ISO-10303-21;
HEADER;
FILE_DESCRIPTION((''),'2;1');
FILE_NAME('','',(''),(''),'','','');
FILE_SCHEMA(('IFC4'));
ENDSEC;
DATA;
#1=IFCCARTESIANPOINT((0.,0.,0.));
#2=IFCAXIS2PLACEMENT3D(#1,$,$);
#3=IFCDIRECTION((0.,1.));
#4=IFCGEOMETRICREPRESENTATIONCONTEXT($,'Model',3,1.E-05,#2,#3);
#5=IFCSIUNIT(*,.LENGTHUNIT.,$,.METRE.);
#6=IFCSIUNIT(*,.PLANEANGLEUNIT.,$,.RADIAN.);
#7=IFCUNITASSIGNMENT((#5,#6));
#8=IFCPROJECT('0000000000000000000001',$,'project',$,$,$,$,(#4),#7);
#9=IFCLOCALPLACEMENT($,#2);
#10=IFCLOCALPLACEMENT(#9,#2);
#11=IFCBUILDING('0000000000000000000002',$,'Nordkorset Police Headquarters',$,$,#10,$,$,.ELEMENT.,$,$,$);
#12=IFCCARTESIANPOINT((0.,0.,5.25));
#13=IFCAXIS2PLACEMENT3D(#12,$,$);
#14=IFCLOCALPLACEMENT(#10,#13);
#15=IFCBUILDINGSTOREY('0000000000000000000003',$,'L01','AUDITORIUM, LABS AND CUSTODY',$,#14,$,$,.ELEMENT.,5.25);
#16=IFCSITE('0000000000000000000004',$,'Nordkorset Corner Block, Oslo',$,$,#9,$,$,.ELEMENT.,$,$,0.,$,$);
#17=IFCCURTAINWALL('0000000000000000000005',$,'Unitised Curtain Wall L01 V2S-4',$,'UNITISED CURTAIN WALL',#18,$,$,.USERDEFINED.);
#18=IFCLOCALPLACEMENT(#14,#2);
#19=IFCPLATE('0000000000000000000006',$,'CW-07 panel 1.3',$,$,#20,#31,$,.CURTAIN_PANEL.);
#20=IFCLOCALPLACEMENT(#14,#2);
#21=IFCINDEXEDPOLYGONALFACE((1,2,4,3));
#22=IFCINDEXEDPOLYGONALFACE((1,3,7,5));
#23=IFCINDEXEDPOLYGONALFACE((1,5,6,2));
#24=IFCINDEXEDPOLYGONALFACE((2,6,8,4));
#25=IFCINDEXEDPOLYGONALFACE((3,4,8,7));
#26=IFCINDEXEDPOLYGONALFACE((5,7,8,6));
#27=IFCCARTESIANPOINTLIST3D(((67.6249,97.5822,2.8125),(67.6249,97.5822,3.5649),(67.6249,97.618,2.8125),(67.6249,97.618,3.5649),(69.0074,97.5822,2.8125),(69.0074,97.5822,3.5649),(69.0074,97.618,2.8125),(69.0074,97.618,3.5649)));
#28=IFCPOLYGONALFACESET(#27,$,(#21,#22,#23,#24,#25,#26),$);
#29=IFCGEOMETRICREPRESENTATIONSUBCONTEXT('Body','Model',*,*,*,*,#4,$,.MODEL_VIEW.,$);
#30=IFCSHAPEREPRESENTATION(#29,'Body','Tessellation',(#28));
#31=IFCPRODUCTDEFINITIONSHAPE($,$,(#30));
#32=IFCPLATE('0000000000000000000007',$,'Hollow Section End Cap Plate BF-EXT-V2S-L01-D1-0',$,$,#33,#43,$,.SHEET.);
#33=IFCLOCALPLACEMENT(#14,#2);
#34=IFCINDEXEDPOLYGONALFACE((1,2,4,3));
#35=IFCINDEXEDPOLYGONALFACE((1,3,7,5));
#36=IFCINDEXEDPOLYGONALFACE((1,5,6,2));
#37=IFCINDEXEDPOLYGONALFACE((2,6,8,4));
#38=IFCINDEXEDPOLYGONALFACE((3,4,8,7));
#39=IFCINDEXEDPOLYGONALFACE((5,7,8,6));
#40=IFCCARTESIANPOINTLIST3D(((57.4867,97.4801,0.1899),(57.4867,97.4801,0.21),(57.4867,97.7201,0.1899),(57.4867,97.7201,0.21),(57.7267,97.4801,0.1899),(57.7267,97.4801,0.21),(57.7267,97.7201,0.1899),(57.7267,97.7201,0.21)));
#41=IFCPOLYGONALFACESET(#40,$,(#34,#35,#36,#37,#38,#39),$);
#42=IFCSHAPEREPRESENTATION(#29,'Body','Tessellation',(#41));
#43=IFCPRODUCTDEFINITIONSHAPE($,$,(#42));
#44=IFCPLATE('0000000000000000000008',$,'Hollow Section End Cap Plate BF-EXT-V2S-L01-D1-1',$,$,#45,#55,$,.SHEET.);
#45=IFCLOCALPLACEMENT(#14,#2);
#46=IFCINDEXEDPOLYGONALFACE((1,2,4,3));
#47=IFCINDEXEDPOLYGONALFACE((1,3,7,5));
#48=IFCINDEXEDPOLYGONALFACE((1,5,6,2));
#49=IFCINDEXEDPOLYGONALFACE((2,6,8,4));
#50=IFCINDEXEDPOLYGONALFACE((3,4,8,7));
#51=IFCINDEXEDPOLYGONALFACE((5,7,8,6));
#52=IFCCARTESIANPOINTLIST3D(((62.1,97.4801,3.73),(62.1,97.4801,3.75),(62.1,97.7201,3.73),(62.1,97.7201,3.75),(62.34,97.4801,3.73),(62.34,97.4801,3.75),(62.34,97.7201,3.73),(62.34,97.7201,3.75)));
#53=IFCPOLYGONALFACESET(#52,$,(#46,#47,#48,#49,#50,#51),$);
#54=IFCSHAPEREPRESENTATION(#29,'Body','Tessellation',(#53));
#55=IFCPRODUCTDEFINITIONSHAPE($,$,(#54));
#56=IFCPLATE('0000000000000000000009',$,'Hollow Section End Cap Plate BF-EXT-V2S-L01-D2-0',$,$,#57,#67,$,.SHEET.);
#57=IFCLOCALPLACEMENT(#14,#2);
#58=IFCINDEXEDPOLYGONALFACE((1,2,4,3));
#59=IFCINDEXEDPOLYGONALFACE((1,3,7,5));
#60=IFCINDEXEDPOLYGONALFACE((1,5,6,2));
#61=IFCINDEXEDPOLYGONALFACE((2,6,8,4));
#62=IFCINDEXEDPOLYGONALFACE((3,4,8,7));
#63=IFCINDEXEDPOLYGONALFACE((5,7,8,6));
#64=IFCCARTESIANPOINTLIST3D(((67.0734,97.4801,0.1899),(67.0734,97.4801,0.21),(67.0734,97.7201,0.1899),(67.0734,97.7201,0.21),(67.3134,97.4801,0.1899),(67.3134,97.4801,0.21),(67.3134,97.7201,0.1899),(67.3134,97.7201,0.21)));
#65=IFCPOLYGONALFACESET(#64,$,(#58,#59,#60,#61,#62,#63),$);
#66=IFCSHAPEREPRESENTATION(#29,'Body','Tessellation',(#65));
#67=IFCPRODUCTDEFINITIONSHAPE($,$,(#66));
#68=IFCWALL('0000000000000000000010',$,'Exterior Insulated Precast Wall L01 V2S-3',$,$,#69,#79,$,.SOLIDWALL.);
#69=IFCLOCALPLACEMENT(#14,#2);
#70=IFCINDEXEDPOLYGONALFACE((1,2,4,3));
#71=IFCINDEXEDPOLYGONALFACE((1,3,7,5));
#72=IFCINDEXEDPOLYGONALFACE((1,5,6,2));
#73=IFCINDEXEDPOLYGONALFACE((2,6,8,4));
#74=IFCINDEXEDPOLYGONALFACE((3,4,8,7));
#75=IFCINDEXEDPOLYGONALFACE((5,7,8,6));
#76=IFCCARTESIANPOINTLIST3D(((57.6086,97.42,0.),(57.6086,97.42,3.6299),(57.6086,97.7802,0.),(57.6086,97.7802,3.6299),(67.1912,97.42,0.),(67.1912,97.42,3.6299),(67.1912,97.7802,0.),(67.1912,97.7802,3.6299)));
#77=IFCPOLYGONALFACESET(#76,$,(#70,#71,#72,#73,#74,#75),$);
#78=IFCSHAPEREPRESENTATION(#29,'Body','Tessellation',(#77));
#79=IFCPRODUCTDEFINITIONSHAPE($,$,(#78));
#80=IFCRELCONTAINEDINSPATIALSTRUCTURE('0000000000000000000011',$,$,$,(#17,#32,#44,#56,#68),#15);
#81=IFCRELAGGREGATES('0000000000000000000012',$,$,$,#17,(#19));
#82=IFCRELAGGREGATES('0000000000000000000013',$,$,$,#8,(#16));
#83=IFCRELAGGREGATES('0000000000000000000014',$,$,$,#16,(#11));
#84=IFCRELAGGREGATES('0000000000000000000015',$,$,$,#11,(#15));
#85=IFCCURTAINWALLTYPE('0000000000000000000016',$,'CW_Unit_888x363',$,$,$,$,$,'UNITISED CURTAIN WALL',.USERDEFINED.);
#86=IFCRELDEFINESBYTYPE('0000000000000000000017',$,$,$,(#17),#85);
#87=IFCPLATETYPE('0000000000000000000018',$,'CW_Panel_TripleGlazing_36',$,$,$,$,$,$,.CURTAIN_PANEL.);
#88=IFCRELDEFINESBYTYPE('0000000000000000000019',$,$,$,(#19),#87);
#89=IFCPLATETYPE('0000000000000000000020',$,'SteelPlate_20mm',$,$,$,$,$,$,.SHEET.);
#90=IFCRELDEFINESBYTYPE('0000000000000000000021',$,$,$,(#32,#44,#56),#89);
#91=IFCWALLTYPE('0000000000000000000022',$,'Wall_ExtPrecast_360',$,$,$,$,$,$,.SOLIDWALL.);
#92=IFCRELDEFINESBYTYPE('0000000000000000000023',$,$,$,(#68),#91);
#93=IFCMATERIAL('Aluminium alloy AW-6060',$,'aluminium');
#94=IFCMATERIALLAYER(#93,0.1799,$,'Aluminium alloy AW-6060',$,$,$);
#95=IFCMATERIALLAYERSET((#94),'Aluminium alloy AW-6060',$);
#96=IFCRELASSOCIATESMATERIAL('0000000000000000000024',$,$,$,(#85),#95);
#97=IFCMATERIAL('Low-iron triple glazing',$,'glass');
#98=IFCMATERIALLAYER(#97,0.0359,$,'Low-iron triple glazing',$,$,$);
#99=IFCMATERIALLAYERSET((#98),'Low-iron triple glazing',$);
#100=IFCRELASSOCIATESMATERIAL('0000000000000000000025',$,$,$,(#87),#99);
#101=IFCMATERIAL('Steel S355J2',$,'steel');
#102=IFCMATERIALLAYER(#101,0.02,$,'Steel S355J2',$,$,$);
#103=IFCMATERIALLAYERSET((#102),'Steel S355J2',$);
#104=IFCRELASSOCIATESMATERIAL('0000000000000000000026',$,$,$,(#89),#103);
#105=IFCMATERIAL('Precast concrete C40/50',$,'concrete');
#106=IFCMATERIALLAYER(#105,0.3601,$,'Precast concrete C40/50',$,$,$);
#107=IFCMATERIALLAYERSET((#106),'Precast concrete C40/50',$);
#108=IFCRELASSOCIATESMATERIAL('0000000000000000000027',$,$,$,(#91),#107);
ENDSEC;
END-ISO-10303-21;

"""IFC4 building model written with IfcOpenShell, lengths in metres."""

from ifc_helpers import new_model, si_unit, direction, frame, frame_2d, origin, origin_2d, place, context, subcontext, project, spatial, rectangle, extrude, material, layer, layer_set, type_object, element, aggregate, save


model = new_model("IFC4")

# Units and contexts
model_context = context("Model", 3, precision=1e-05, world=origin(), true_north=direction((0.0, 1.0)))
body_context = subcontext(model_context, "Body", "Model", "MODEL_VIEW")
ifc_project = project(units=[si_unit("LENGTHUNIT", "METRE"), si_unit("PLANEANGLEUNIT", "RADIAN")], contexts=[model_context])

# Site, building, storey
site_placement = place(None, origin())
site = spatial("IfcSite", under=ifc_project, at=site_placement, Name="Nordkorset Corner Block, Oslo", CompositionType="ELEMENT", RefElevation=0.0)
building_placement = place(site_placement, origin())
building = spatial("IfcBuilding", under=site, at=building_placement, Name="Nordkorset Police Headquarters", CompositionType="ELEMENT")
storey_placement = place(building_placement, frame((0.0, 0.0, 5.25)))
storey = spatial("IfcBuildingStorey", under=building, at=storey_placement, Name="L01", Description="AUDITORIUM, LABS AND CUSTODY", CompositionType="ELEMENT", Elevation=5.25)

# Curtain wall
ifc_material_1 = material(Name="Aluminium alloy AW-6060", Category="aluminium")
ifc_layer_1 = layer(ifc_material_1, 0.1799, Name="Aluminium alloy AW-6060")
ifc_layer_set_1 = layer_set([ifc_layer_1], Name="Aluminium alloy AW-6060")
curtain_wall_type = type_object("IfcCurtainWallType", Name="CW_Unit_888x363", ElementType="UNITISED CURTAIN WALL", PredefinedType="USERDEFINED", material=ifc_layer_set_1)
curtain_wall_placement = place(storey_placement, origin())
curtain_wall = element("IfcCurtainWall", 1, at=curtain_wall_placement, inside=storey, type_object=curtain_wall_type, Name="Unitised Curtain Wall L01 V2S-4", ObjectType="UNITISED CURTAIN WALL", PredefinedType="USERDEFINED")

# Plate
ifc_material_2 = material(Name="Low-iron triple glazing", Category="glass")
ifc_layer_2 = layer(ifc_material_2, 0.0359, Name="Low-iron triple glazing")
ifc_layer_set_2 = layer_set([ifc_layer_2], Name="Low-iron triple glazing")
plate_type_1 = type_object("IfcPlateType", Name="CW_Panel_TripleGlazing_36", PredefinedType="CURTAIN_PANEL", material=ifc_layer_set_2)
plate_1_placement = place(storey_placement, frame((68.3162, 97.6001, 2.8125), z_axis=(0.0, 0.0, 1.0), x_axis=(1.0, 0.0, 0.0)))
plate_1 = element("IfcPlate", 2, at=plate_1_placement, type_object=plate_type_1, Name="CW-07 panel 1.3", PredefinedType="CURTAIN_PANEL", context=body_context, shape_type="SweptSolid", body=[
    extrude(rectangle(XDim=1.3826, YDim=0.0359, at=origin_2d()), origin(), (0.0, 0.0, 1.0), 0.7524),
])
aggregate(curtain_wall, [plate_1])

# Plates
ifc_material_3 = material(Name="Steel S355J2", Category="steel")
ifc_layer_3 = layer(ifc_material_3, 0.02, Name="Steel S355J2")
ifc_layer_set_3 = layer_set([ifc_layer_3], Name="Steel S355J2")
plate_type_2 = type_object("IfcPlateType", Name="SteelPlate_20mm", PredefinedType="SHEET", material=ifc_layer_set_3)
for number, where, z_axis, x_axis, name in (
    (3, (57.6067, 97.6001, 0.1899), (0.0, 0.0, 1.0), (1.0, 0.0, 0.0), "Hollow Section End Cap Plate BF-EXT-V2S-L01-D1-0"),
    (4, (62.22, 97.6001, 3.73), (0.0, 0.0, 1.0), (1.0, 0.0, 0.0), "Hollow Section End Cap Plate BF-EXT-V2S-L01-D1-1"),
    (5, (67.1934, 97.6001, 0.1899), (0.0, 0.0, 1.0), (1.0, 0.0, 0.0), "Hollow Section End Cap Plate BF-EXT-V2S-L01-D2-0"),
):
    element("IfcPlate", number, at=place(storey_placement, frame(where, z_axis=z_axis, x_axis=x_axis)), inside=storey, type_object=plate_type_2, Name=name, PredefinedType="SHEET", context=body_context, shape_type="SweptSolid", body=[
        extrude(rectangle(XDim=0.24, YDim=0.24, at=origin_2d()), origin(), (0.0, 0.0, 1.0), 0.02),
    ])

# Wall
ifc_material_4 = material(Name="Precast concrete C40/50", Category="concrete")
ifc_layer_4 = layer(ifc_material_4, 0.3601, Name="Precast concrete C40/50")
ifc_layer_set_4 = layer_set([ifc_layer_4], Name="Precast concrete C40/50")
wall_type = type_object("IfcWallType", Name="Wall_ExtPrecast_360", PredefinedType="SOLIDWALL", material=ifc_layer_set_4)
wall_placement = place(storey_placement, frame((57.6086, 97.6001, 0.0), z_axis=(0.0, 0.0, 1.0), x_axis=(1.0, 0.0, 0.0)))
element("IfcWall", 6, at=wall_placement, inside=storey, type_object=wall_type, Name="Exterior Insulated Precast Wall L01 V2S-3", PredefinedType="SOLIDWALL", context=body_context, shape_type="SweptSolid", body=[
    extrude(rectangle(XDim=9.5825, YDim=0.3601, at=frame_2d((4.7913, 0.0))), origin(), (0.0, 0.0, 1.0), 3.6299),
])

save(model, "model.ifc")
